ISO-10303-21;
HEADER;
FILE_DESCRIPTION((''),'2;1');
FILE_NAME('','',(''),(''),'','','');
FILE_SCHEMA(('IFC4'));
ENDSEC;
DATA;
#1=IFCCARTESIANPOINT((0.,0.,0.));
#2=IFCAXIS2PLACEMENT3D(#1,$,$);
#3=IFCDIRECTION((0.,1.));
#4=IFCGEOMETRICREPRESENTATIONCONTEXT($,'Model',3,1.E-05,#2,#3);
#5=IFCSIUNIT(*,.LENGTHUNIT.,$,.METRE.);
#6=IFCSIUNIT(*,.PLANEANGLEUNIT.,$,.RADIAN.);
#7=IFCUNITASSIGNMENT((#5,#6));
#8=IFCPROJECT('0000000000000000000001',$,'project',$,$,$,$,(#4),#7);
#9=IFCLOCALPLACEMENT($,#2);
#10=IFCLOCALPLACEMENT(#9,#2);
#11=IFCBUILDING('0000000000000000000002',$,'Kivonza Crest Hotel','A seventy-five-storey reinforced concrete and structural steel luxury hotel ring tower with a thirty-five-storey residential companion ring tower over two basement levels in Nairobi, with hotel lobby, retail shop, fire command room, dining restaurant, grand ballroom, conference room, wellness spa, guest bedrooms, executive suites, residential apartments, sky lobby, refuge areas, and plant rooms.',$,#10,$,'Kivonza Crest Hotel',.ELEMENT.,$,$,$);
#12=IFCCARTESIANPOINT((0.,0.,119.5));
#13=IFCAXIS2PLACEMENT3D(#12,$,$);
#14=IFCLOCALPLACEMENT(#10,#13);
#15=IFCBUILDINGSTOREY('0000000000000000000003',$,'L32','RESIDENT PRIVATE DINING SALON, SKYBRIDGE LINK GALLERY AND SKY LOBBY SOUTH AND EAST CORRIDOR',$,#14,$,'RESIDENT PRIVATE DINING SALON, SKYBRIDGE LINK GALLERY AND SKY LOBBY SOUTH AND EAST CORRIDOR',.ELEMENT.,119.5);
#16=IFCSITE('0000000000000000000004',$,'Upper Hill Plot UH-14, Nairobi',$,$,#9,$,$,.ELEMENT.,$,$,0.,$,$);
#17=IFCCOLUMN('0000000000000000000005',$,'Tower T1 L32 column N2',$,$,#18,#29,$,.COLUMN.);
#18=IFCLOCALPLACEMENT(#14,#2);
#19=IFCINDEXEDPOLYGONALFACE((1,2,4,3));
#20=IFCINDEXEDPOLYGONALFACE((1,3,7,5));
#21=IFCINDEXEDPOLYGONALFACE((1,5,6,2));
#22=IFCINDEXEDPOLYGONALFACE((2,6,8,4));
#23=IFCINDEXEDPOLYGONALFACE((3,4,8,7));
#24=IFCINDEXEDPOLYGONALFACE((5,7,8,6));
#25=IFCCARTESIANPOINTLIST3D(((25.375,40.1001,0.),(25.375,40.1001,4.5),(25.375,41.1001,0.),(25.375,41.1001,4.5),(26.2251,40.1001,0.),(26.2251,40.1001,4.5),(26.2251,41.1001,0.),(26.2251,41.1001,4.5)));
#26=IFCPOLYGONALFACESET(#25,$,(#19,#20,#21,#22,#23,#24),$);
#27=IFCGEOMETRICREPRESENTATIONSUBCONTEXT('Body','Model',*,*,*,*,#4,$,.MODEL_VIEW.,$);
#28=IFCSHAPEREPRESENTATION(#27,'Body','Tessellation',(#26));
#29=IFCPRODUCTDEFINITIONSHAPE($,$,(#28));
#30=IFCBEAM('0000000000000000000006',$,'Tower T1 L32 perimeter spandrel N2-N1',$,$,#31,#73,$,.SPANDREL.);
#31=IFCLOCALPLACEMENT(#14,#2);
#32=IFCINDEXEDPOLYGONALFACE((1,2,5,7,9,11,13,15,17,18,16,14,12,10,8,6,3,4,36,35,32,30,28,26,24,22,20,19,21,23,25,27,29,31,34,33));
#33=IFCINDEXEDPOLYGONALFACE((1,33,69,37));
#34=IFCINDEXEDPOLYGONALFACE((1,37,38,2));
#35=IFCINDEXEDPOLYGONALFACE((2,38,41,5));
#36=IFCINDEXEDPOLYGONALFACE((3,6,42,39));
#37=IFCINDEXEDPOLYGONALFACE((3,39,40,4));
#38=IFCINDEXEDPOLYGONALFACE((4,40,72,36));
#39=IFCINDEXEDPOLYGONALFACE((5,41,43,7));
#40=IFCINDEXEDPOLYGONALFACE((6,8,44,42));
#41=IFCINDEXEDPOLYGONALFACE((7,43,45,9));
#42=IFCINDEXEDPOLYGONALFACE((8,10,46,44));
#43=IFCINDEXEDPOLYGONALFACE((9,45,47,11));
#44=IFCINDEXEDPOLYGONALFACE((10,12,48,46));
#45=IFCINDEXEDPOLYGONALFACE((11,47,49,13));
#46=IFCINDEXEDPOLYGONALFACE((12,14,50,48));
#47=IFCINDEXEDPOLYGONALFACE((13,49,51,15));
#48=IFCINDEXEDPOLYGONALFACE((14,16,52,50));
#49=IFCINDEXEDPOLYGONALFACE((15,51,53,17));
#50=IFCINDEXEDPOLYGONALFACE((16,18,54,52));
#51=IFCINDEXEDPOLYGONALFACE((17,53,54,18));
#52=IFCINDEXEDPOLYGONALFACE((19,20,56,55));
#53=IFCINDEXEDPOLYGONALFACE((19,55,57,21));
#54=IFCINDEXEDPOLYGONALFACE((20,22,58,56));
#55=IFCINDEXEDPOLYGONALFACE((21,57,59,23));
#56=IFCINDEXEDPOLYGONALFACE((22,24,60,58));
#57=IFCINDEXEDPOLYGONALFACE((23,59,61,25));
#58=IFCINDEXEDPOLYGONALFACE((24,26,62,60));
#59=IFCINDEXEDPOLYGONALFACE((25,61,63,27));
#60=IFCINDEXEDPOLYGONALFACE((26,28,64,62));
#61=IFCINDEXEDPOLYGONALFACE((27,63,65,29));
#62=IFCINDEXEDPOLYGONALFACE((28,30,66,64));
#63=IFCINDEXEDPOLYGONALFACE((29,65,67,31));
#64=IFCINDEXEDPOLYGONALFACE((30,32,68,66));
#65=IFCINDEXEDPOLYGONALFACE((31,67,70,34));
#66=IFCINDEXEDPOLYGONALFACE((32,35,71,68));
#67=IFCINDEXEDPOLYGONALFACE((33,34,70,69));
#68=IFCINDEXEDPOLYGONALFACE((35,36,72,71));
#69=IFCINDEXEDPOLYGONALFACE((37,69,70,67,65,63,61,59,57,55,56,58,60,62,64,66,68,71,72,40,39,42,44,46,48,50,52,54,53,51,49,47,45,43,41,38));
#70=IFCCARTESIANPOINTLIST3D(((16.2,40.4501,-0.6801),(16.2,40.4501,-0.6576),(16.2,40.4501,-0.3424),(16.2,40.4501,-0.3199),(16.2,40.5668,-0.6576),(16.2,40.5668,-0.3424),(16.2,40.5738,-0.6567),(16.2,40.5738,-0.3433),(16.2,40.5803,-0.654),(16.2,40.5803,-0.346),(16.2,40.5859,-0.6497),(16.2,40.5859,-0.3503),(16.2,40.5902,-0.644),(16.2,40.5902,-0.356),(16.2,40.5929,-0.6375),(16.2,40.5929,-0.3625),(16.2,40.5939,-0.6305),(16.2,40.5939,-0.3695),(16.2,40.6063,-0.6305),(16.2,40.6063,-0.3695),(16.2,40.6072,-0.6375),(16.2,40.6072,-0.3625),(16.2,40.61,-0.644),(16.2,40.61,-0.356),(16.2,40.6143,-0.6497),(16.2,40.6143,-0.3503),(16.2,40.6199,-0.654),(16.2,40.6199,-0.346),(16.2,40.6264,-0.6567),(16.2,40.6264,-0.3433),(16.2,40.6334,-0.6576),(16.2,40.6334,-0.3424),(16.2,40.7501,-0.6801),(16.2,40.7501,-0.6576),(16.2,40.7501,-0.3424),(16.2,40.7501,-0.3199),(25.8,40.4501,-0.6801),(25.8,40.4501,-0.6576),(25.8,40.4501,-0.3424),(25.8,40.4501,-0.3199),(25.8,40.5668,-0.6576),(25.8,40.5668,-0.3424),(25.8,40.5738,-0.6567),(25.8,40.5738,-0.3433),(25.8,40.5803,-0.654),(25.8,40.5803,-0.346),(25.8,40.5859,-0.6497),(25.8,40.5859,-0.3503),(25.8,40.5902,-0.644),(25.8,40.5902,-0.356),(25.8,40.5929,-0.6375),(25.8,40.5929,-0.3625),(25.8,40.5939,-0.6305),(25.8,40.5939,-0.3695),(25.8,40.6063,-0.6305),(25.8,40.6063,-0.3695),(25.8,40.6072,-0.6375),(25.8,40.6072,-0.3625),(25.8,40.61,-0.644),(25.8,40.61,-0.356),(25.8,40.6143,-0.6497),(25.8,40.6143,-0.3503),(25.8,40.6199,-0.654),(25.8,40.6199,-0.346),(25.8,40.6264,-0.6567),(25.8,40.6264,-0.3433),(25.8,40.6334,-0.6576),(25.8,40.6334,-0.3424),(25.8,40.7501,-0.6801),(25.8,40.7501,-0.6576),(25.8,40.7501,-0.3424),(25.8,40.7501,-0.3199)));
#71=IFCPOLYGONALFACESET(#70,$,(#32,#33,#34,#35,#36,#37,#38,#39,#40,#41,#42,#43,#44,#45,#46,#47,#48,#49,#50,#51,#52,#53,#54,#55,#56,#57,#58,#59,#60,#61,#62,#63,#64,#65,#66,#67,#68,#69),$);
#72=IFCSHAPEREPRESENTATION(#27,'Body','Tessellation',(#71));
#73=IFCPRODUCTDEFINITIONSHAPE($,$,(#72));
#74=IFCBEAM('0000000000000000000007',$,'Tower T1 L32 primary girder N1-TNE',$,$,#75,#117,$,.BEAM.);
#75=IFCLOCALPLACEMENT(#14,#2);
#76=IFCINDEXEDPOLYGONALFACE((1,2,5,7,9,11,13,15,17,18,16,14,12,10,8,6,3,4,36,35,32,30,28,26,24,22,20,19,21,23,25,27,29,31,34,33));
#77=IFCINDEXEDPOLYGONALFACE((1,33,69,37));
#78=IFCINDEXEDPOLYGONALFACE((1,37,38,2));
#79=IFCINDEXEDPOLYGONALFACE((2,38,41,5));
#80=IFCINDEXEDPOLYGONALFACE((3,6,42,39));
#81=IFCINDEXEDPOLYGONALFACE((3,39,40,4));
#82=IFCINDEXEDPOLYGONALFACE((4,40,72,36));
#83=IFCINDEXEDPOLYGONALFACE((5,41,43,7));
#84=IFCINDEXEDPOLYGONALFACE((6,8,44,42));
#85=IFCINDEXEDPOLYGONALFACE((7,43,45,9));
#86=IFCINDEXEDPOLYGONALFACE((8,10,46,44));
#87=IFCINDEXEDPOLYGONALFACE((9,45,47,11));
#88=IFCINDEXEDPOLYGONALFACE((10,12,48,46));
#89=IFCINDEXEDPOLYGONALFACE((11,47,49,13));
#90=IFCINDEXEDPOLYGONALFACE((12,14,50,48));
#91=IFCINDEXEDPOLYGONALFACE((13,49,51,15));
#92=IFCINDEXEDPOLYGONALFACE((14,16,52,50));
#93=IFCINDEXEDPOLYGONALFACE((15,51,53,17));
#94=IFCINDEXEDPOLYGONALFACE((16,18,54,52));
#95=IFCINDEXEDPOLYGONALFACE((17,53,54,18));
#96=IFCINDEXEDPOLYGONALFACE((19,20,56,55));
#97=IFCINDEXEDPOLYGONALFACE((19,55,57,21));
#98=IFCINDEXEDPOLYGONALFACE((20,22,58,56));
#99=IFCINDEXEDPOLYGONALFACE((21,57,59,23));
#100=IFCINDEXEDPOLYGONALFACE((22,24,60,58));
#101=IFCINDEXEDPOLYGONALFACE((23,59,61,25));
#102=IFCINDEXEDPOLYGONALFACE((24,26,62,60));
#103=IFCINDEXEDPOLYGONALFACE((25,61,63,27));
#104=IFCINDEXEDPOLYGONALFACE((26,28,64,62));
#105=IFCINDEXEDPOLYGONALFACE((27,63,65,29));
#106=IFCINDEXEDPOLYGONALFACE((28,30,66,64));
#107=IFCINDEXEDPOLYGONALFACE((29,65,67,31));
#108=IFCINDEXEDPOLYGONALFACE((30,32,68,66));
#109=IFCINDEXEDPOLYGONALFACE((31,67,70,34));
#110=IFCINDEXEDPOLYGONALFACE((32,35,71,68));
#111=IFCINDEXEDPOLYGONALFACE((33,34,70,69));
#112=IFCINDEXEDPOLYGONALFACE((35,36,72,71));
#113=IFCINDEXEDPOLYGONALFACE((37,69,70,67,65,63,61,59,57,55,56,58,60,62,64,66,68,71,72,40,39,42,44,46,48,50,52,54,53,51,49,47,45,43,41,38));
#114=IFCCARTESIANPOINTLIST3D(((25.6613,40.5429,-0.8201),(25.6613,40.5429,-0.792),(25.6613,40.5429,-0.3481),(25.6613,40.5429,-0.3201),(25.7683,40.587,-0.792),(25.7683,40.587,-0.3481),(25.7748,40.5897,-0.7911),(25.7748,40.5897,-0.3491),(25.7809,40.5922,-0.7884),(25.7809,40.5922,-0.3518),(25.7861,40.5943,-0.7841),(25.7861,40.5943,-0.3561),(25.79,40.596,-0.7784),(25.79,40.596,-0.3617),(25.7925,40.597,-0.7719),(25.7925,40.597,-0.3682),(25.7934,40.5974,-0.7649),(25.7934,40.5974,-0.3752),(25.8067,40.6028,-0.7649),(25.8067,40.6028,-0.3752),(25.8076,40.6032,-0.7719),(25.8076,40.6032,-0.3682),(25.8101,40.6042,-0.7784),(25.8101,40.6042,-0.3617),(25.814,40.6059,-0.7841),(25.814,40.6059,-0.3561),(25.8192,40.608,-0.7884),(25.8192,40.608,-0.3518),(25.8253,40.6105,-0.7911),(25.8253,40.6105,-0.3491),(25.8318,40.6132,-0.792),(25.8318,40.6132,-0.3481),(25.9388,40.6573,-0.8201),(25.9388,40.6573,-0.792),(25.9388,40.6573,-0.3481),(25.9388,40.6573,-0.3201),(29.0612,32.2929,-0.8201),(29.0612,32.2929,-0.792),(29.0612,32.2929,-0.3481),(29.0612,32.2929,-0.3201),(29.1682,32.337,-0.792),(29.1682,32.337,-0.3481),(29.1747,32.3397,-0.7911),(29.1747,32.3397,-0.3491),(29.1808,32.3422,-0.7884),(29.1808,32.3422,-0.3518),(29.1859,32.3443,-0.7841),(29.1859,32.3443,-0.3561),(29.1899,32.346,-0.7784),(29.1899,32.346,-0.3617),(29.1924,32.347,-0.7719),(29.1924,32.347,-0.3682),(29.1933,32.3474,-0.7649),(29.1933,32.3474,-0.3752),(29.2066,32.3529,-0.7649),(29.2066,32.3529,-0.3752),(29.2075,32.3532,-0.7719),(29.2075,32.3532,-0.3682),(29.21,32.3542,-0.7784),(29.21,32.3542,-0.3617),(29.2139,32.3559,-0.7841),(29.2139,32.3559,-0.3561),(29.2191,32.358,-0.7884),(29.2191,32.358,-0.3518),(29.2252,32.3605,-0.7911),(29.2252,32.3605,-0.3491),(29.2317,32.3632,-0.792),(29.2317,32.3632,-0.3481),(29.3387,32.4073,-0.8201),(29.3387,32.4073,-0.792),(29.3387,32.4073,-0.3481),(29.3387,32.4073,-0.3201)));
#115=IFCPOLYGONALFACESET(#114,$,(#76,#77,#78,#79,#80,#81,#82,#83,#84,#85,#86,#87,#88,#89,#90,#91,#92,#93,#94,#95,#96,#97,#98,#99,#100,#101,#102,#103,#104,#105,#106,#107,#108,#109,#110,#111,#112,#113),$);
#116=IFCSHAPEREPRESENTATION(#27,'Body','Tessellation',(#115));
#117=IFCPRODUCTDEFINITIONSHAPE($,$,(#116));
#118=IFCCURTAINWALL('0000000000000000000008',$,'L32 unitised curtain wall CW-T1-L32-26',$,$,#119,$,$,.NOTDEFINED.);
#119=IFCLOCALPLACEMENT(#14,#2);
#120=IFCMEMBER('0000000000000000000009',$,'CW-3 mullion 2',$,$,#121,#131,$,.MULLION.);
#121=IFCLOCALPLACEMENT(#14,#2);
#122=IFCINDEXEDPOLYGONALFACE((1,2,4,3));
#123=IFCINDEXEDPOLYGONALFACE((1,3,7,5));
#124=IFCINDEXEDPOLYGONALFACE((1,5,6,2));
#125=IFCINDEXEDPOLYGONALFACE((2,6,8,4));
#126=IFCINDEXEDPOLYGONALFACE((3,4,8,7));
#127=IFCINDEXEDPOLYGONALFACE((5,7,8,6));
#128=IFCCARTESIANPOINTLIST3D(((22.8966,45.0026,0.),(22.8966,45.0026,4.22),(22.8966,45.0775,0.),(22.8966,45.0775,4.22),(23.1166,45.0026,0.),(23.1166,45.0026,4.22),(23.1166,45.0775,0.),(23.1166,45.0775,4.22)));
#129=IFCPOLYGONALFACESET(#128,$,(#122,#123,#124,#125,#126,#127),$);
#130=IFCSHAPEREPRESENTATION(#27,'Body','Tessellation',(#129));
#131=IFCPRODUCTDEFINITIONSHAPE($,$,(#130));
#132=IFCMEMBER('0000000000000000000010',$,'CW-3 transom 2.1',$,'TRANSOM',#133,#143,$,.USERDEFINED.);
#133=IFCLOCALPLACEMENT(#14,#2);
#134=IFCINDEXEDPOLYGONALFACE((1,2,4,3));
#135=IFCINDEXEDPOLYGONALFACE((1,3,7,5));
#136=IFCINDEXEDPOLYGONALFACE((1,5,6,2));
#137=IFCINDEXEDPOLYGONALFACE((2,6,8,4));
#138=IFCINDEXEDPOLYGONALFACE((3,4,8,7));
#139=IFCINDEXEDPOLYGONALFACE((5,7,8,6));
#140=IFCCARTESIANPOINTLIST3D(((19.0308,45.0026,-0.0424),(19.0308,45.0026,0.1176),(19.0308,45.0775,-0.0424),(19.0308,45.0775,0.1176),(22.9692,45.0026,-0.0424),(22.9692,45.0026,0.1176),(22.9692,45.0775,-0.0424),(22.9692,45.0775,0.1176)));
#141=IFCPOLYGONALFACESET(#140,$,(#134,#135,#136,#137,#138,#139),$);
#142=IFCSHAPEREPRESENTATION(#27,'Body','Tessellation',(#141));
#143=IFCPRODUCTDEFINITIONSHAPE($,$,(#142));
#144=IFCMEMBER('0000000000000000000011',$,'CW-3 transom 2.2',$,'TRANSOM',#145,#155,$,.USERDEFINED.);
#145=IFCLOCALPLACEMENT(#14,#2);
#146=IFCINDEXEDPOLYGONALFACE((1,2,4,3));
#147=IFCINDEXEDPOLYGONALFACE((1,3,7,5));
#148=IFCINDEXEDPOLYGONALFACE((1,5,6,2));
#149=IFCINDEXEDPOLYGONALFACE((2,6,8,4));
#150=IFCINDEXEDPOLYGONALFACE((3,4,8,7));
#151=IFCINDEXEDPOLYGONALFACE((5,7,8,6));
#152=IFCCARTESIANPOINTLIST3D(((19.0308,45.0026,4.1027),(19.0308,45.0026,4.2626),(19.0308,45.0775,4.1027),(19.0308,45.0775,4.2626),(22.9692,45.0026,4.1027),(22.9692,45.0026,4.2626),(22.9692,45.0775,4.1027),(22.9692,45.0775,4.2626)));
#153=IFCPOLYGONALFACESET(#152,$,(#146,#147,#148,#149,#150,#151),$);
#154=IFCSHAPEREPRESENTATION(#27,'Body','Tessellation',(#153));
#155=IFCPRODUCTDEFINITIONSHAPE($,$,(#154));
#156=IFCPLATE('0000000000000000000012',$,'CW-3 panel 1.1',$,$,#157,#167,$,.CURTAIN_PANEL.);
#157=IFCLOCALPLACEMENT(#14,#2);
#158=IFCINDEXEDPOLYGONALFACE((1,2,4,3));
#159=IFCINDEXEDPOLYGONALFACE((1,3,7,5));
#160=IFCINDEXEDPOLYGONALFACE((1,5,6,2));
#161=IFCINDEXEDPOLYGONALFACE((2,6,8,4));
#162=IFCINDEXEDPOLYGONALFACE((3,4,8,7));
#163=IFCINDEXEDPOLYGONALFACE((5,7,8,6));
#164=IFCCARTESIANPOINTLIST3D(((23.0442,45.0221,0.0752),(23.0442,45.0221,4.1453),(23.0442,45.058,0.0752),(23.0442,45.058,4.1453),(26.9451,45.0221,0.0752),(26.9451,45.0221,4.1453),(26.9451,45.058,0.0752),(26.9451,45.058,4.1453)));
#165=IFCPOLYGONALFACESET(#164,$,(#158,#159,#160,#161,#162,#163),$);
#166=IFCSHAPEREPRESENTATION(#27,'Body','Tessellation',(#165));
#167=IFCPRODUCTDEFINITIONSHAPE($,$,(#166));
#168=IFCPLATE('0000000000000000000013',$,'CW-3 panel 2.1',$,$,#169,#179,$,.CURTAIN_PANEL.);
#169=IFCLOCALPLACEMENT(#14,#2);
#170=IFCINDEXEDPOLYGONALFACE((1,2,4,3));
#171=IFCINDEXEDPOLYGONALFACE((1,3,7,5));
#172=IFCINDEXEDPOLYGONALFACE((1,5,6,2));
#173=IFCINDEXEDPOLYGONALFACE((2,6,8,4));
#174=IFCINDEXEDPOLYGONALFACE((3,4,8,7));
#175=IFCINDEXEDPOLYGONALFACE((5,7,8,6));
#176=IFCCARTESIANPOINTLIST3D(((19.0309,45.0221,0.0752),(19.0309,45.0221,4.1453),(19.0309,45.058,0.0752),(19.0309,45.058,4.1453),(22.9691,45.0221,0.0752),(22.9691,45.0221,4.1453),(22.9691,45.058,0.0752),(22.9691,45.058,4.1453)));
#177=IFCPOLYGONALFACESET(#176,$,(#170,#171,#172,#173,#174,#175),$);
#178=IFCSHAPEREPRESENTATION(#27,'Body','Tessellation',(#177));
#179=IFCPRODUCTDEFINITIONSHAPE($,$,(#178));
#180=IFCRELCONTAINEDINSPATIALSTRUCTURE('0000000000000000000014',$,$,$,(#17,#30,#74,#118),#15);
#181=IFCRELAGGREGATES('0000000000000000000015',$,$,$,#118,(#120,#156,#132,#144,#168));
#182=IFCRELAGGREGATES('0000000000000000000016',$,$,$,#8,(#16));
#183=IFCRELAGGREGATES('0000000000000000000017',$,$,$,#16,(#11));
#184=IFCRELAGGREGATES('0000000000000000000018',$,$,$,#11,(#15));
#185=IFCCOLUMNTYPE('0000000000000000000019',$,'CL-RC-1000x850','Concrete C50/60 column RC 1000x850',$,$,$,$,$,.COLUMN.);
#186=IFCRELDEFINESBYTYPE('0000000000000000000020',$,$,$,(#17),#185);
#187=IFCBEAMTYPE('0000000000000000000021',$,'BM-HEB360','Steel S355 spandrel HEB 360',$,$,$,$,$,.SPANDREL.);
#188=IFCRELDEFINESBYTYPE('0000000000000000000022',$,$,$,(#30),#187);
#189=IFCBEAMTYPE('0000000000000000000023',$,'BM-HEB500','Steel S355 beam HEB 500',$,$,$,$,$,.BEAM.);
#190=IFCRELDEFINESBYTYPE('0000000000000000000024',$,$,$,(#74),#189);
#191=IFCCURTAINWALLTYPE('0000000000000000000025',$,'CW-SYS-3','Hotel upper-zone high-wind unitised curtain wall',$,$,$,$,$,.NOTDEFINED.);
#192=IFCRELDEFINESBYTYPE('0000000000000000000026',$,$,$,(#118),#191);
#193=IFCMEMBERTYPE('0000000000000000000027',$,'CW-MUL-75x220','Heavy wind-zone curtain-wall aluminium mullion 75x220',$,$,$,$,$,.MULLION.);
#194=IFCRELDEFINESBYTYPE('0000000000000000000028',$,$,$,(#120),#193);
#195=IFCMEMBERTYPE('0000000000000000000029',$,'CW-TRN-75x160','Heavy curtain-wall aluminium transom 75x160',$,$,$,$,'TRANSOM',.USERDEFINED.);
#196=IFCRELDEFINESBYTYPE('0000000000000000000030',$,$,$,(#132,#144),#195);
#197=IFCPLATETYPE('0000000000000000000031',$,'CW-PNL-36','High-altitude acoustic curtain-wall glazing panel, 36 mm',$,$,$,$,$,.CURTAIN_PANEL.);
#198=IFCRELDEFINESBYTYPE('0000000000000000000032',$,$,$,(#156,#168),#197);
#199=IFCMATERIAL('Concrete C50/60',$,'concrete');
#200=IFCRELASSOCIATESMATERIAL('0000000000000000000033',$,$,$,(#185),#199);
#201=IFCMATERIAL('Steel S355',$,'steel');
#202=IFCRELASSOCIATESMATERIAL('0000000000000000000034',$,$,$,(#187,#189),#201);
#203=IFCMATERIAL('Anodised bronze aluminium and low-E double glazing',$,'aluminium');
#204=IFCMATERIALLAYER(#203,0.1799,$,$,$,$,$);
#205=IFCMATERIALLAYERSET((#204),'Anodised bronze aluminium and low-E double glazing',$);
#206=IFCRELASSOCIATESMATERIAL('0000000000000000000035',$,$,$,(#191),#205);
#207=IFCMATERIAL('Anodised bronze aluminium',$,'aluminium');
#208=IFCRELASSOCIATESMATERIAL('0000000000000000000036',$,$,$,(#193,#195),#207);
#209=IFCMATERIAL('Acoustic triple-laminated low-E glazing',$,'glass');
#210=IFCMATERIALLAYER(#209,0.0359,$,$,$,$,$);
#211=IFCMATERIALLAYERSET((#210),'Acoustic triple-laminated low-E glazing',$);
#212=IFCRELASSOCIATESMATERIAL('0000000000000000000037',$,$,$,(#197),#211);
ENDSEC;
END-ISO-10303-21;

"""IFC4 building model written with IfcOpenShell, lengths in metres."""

from ifc_helpers import new_model, si_unit, direction, frame, origin, origin_2d, place, context, subcontext, project, spatial, rectangle, i_section, extrude, material, layer, layer_set, material_profile, profile_set, type_object, element, aggregate, save


model = new_model("IFC4")

# Units and contexts
model_context = context("Model", 3, precision=1e-05, world=origin(), true_north=direction((0.0, 1.0)))
body_context = subcontext(model_context, "Body", "Model", "MODEL_VIEW")
ifc_project = project(units=[si_unit("LENGTHUNIT", "METRE"), si_unit("PLANEANGLEUNIT", "RADIAN")], contexts=[model_context])

# Site, building, storey
site_placement = place(None, origin())
site = spatial("IfcSite", under=ifc_project, at=site_placement, Name="Upper Hill Plot UH-14, Nairobi", CompositionType="ELEMENT", RefElevation=0.0)
building_placement = place(site_placement, origin())
building = spatial("IfcBuilding", under=site, at=building_placement, Name="Kivonza Crest Hotel", Description="A seventy-five-storey reinforced concrete and structural steel luxury hotel ring tower with a thirty-five-storey residential companion ring tower over two basement levels in Nairobi, with hotel lobby, retail shop, fire command room, dining restaurant, grand ballroom, conference room, wellness spa, guest bedrooms, executive suites, residential apartments, sky lobby, refuge areas, and plant rooms.", LongName="Kivonza Crest Hotel", CompositionType="ELEMENT")
storey_placement = place(building_placement, frame((0.0, 0.0, 119.5)))
storey = spatial("IfcBuildingStorey", under=building, at=storey_placement, Name="L32", Description="RESIDENT PRIVATE DINING SALON, SKYBRIDGE LINK GALLERY AND SKY LOBBY SOUTH AND EAST CORRIDOR", LongName="RESIDENT PRIVATE DINING SALON, SKYBRIDGE LINK GALLERY AND SKY LOBBY SOUTH AND EAST CORRIDOR", CompositionType="ELEMENT", Elevation=119.5)

# Column
ifc_material_1 = material(Name="Concrete C50/60", Category="concrete")
ifc_material_profile_1 = material_profile(ifc_material_1, rectangle(XDim=0.8501, YDim=1.0, at=origin_2d()), Name="RC 1000x850")
ifc_profile_set_1 = profile_set([ifc_material_profile_1], Name="Concrete C50/60")
column_type = type_object("IfcColumnType", Name="CL-RC-1000x850", Description="Concrete C50/60 column RC 1000x850", PredefinedType="COLUMN", material=ifc_profile_set_1)
column_placement = place(storey_placement, frame((25.8, 40.6001, 0.0), z_axis=(0.0, 0.0, 1.0), x_axis=(1.0, 0.0, 0.0)))
element("IfcColumn", 1, at=column_placement, inside=storey, type_object=column_type, Name="Tower T1 L32 column N2", PredefinedType="COLUMN", context=body_context, shape_type="SweptSolid", body=[
    extrude(rectangle(XDim=0.8501, YDim=1.0, at=origin_2d()), origin(), (0.0, 0.0, 1.0), 4.5),
])

# Beams
ifc_material_2 = material(Name="Steel S355", Category="steel")
ifc_material_profile_2 = material_profile(ifc_material_2, i_section(OverallWidth=0.3, OverallDepth=0.3601, WebThickness=0.0125, FlangeThickness=0.0225, FilletRadius=0.0271, at=origin_2d()), Name="HEB 360")
ifc_profile_set_2 = profile_set([ifc_material_profile_2], Name="Steel S355")
beam_type_1 = type_object("IfcBeamType", Name="BM-HEB360", Description="Steel S355 spandrel HEB 360", PredefinedType="SPANDREL", material=ifc_profile_set_2)
beam_1_placement = place(storey_placement, frame((25.8, 40.6001, -0.5), z_axis=(-1.0, 0.0, 0.0), x_axis=(0.0, -1.0, 0.0)))
element("IfcBeam", 2, at=beam_1_placement, inside=storey, type_object=beam_type_1, Name="Tower T1 L32 perimeter spandrel N2-N1", PredefinedType="SPANDREL", context=body_context, shape_type="SweptSolid", body=[
    extrude(i_section(OverallWidth=0.3, OverallDepth=0.3601, WebThickness=0.0125, FlangeThickness=0.0225, FilletRadius=0.0271, at=origin_2d()), origin(), (0.0, 0.0, 1.0), 9.6001),
])
ifc_material_profile_3 = material_profile(ifc_material_2, i_section(OverallWidth=0.3, OverallDepth=0.5, WebThickness=0.0144, FlangeThickness=0.0281, FilletRadius=0.0271, at=origin_2d()), Name="HEB 500")
ifc_profile_set_3 = profile_set([ifc_material_profile_3], Name="Steel S355")
beam_type_2 = type_object("IfcBeamType", Name="BM-HEB500", Description="Steel S355 beam HEB 500", PredefinedType="BEAM", material=ifc_profile_set_3)
beam_2_placement = place(storey_placement, frame((25.8, 40.6001, -0.5701), z_axis=(0.381022, -0.924566, 0.0), x_axis=(0.924566, 0.381022, 0.0)))
element("IfcBeam", 3, at=beam_2_placement, inside=storey, type_object=beam_type_2, Name="Tower T1 L32 primary girder N1-TNE", PredefinedType="BEAM", context=body_context, shape_type="SweptSolid", body=[
    extrude(i_section(OverallWidth=0.3, OverallDepth=0.5, WebThickness=0.0144, FlangeThickness=0.0281, FilletRadius=0.0271, at=origin_2d()), origin(), (0.0, 0.0, 1.0), 8.9231),
])

# Curtain wall, members, plates
ifc_material_3 = material(Name="Anodised bronze aluminium and low-E double glazing", Category="aluminium")
ifc_layer_1 = layer(ifc_material_3, 0.1799)
ifc_layer_set_1 = layer_set([ifc_layer_1], Name="Anodised bronze aluminium and low-E double glazing")
curtain_wall_type = type_object("IfcCurtainWallType", Name="CW-SYS-3", Description="Hotel upper-zone high-wind unitised curtain wall", PredefinedType="NOTDEFINED", material=ifc_layer_set_1)
curtain_wall_placement = place(storey_placement, origin())
curtain_wall = element("IfcCurtainWall", 4, at=curtain_wall_placement, inside=storey, type_object=curtain_wall_type, Name="L32 unitised curtain wall CW-T1-L32-26", PredefinedType="NOTDEFINED")
ifc_material_4 = material(Name="Anodised bronze aluminium", Category="aluminium")
ifc_material_profile_4 = material_profile(ifc_material_4, rectangle(XDim=0.075, YDim=0.22, at=origin_2d()), Name="CW-M 75x220")
ifc_profile_set_4 = profile_set([ifc_material_profile_4], Name="Anodised bronze aluminium")
member_type_1 = type_object("IfcMemberType", Name="CW-MUL-75x220", Description="Heavy wind-zone curtain-wall aluminium mullion 75x220", PredefinedType="MULLION", material=ifc_profile_set_4)
member_1_placement = place(storey_placement, frame((23.0066, 45.04, 0.0), z_axis=(0.0, 0.0, 1.0), x_axis=(0.0, -1.0, 0.0)))
member_1 = element("IfcMember", 5, at=member_1_placement, type_object=member_type_1, Name="CW-3 mullion 2", PredefinedType="MULLION", context=body_context, shape_type="SweptSolid", body=[
    extrude(rectangle(XDim=0.075, YDim=0.22, at=origin_2d()), origin(), (0.0, 0.0, 1.0), 4.22),
])
ifc_material_profile_5 = material_profile(ifc_material_4, rectangle(XDim=0.075, YDim=0.1599, at=origin_2d()), Name="CW-T 75x160")
ifc_profile_set_5 = profile_set([ifc_material_profile_5], Name="Anodised bronze aluminium")
member_type_2 = type_object("IfcMemberType", Name="CW-TRN-75x160", Description="Heavy curtain-wall aluminium transom 75x160", ElementType="TRANSOM", PredefinedType="USERDEFINED", material=ifc_profile_set_5)
member_2_placement = place(storey_placement, frame((22.9692, 45.04, 0.0376), z_axis=(-1.0, 0.0, 0.0), x_axis=(0.0, -1.0, 0.0)))
member_2 = element("IfcMember", 6, at=member_2_placement, type_object=member_type_2, Name="CW-3 transom 2.1", ObjectType="TRANSOM", PredefinedType="USERDEFINED", context=body_context, shape_type="SweptSolid", body=[
    extrude(rectangle(XDim=0.075, YDim=0.1599, at=origin_2d()), origin(), (0.0, 0.0, 1.0), 3.9385),
])
member_3_placement = place(storey_placement, frame((22.9692, 45.04, 4.1826), z_axis=(-1.0, 0.0, 0.0), x_axis=(0.0, -1.0, 0.0)))
member_3 = element("IfcMember", 7, at=member_3_placement, type_object=member_type_2, Name="CW-3 transom 2.2", ObjectType="TRANSOM", PredefinedType="USERDEFINED", context=body_context, shape_type="SweptSolid", body=[
    extrude(rectangle(XDim=0.075, YDim=0.1599, at=origin_2d()), origin(), (0.0, 0.0, 1.0), 3.9385),
])
ifc_material_5 = material(Name="Acoustic triple-laminated low-E glazing", Category="glass")
ifc_layer_2 = layer(ifc_material_5, 0.0359)
ifc_layer_set_2 = layer_set([ifc_layer_2], Name="Acoustic triple-laminated low-E glazing")
plate_type = type_object("IfcPlateType", Name="CW-PNL-36", Description="High-altitude acoustic curtain-wall glazing panel, 36 mm", PredefinedType="CURTAIN_PANEL", material=ifc_layer_set_2)
plate_1_placement = place(storey_placement, frame((24.9946, 45.04, 0.0752), z_axis=(0.0, 0.0, 1.0), x_axis=(-1.0, 0.0, 0.0)))
plate_1 = element("IfcPlate", 8, at=plate_1_placement, type_object=plate_type, Name="CW-3 panel 1.1", PredefinedType="CURTAIN_PANEL", context=body_context, shape_type="SweptSolid", body=[
    extrude(rectangle(XDim=3.9009, YDim=0.0359, at=origin_2d()), origin(), (0.0, 0.0, 1.0), 4.0701),
])
plate_2_placement = place(storey_placement, frame((21.0, 45.04, 0.0752), z_axis=(0.0, 0.0, 1.0), x_axis=(-1.0, 0.0, 0.0)))
plate_2 = element("IfcPlate", 9, at=plate_2_placement, type_object=plate_type, Name="CW-3 panel 2.1", PredefinedType="CURTAIN_PANEL", context=body_context, shape_type="SweptSolid", body=[
    extrude(rectangle(XDim=3.9382, YDim=0.0359, at=origin_2d()), origin(), (0.0, 0.0, 1.0), 4.0701),
])
aggregate(curtain_wall, [member_1, plate_1, member_2, member_3, plate_2])

save(model, "model.ifc")
